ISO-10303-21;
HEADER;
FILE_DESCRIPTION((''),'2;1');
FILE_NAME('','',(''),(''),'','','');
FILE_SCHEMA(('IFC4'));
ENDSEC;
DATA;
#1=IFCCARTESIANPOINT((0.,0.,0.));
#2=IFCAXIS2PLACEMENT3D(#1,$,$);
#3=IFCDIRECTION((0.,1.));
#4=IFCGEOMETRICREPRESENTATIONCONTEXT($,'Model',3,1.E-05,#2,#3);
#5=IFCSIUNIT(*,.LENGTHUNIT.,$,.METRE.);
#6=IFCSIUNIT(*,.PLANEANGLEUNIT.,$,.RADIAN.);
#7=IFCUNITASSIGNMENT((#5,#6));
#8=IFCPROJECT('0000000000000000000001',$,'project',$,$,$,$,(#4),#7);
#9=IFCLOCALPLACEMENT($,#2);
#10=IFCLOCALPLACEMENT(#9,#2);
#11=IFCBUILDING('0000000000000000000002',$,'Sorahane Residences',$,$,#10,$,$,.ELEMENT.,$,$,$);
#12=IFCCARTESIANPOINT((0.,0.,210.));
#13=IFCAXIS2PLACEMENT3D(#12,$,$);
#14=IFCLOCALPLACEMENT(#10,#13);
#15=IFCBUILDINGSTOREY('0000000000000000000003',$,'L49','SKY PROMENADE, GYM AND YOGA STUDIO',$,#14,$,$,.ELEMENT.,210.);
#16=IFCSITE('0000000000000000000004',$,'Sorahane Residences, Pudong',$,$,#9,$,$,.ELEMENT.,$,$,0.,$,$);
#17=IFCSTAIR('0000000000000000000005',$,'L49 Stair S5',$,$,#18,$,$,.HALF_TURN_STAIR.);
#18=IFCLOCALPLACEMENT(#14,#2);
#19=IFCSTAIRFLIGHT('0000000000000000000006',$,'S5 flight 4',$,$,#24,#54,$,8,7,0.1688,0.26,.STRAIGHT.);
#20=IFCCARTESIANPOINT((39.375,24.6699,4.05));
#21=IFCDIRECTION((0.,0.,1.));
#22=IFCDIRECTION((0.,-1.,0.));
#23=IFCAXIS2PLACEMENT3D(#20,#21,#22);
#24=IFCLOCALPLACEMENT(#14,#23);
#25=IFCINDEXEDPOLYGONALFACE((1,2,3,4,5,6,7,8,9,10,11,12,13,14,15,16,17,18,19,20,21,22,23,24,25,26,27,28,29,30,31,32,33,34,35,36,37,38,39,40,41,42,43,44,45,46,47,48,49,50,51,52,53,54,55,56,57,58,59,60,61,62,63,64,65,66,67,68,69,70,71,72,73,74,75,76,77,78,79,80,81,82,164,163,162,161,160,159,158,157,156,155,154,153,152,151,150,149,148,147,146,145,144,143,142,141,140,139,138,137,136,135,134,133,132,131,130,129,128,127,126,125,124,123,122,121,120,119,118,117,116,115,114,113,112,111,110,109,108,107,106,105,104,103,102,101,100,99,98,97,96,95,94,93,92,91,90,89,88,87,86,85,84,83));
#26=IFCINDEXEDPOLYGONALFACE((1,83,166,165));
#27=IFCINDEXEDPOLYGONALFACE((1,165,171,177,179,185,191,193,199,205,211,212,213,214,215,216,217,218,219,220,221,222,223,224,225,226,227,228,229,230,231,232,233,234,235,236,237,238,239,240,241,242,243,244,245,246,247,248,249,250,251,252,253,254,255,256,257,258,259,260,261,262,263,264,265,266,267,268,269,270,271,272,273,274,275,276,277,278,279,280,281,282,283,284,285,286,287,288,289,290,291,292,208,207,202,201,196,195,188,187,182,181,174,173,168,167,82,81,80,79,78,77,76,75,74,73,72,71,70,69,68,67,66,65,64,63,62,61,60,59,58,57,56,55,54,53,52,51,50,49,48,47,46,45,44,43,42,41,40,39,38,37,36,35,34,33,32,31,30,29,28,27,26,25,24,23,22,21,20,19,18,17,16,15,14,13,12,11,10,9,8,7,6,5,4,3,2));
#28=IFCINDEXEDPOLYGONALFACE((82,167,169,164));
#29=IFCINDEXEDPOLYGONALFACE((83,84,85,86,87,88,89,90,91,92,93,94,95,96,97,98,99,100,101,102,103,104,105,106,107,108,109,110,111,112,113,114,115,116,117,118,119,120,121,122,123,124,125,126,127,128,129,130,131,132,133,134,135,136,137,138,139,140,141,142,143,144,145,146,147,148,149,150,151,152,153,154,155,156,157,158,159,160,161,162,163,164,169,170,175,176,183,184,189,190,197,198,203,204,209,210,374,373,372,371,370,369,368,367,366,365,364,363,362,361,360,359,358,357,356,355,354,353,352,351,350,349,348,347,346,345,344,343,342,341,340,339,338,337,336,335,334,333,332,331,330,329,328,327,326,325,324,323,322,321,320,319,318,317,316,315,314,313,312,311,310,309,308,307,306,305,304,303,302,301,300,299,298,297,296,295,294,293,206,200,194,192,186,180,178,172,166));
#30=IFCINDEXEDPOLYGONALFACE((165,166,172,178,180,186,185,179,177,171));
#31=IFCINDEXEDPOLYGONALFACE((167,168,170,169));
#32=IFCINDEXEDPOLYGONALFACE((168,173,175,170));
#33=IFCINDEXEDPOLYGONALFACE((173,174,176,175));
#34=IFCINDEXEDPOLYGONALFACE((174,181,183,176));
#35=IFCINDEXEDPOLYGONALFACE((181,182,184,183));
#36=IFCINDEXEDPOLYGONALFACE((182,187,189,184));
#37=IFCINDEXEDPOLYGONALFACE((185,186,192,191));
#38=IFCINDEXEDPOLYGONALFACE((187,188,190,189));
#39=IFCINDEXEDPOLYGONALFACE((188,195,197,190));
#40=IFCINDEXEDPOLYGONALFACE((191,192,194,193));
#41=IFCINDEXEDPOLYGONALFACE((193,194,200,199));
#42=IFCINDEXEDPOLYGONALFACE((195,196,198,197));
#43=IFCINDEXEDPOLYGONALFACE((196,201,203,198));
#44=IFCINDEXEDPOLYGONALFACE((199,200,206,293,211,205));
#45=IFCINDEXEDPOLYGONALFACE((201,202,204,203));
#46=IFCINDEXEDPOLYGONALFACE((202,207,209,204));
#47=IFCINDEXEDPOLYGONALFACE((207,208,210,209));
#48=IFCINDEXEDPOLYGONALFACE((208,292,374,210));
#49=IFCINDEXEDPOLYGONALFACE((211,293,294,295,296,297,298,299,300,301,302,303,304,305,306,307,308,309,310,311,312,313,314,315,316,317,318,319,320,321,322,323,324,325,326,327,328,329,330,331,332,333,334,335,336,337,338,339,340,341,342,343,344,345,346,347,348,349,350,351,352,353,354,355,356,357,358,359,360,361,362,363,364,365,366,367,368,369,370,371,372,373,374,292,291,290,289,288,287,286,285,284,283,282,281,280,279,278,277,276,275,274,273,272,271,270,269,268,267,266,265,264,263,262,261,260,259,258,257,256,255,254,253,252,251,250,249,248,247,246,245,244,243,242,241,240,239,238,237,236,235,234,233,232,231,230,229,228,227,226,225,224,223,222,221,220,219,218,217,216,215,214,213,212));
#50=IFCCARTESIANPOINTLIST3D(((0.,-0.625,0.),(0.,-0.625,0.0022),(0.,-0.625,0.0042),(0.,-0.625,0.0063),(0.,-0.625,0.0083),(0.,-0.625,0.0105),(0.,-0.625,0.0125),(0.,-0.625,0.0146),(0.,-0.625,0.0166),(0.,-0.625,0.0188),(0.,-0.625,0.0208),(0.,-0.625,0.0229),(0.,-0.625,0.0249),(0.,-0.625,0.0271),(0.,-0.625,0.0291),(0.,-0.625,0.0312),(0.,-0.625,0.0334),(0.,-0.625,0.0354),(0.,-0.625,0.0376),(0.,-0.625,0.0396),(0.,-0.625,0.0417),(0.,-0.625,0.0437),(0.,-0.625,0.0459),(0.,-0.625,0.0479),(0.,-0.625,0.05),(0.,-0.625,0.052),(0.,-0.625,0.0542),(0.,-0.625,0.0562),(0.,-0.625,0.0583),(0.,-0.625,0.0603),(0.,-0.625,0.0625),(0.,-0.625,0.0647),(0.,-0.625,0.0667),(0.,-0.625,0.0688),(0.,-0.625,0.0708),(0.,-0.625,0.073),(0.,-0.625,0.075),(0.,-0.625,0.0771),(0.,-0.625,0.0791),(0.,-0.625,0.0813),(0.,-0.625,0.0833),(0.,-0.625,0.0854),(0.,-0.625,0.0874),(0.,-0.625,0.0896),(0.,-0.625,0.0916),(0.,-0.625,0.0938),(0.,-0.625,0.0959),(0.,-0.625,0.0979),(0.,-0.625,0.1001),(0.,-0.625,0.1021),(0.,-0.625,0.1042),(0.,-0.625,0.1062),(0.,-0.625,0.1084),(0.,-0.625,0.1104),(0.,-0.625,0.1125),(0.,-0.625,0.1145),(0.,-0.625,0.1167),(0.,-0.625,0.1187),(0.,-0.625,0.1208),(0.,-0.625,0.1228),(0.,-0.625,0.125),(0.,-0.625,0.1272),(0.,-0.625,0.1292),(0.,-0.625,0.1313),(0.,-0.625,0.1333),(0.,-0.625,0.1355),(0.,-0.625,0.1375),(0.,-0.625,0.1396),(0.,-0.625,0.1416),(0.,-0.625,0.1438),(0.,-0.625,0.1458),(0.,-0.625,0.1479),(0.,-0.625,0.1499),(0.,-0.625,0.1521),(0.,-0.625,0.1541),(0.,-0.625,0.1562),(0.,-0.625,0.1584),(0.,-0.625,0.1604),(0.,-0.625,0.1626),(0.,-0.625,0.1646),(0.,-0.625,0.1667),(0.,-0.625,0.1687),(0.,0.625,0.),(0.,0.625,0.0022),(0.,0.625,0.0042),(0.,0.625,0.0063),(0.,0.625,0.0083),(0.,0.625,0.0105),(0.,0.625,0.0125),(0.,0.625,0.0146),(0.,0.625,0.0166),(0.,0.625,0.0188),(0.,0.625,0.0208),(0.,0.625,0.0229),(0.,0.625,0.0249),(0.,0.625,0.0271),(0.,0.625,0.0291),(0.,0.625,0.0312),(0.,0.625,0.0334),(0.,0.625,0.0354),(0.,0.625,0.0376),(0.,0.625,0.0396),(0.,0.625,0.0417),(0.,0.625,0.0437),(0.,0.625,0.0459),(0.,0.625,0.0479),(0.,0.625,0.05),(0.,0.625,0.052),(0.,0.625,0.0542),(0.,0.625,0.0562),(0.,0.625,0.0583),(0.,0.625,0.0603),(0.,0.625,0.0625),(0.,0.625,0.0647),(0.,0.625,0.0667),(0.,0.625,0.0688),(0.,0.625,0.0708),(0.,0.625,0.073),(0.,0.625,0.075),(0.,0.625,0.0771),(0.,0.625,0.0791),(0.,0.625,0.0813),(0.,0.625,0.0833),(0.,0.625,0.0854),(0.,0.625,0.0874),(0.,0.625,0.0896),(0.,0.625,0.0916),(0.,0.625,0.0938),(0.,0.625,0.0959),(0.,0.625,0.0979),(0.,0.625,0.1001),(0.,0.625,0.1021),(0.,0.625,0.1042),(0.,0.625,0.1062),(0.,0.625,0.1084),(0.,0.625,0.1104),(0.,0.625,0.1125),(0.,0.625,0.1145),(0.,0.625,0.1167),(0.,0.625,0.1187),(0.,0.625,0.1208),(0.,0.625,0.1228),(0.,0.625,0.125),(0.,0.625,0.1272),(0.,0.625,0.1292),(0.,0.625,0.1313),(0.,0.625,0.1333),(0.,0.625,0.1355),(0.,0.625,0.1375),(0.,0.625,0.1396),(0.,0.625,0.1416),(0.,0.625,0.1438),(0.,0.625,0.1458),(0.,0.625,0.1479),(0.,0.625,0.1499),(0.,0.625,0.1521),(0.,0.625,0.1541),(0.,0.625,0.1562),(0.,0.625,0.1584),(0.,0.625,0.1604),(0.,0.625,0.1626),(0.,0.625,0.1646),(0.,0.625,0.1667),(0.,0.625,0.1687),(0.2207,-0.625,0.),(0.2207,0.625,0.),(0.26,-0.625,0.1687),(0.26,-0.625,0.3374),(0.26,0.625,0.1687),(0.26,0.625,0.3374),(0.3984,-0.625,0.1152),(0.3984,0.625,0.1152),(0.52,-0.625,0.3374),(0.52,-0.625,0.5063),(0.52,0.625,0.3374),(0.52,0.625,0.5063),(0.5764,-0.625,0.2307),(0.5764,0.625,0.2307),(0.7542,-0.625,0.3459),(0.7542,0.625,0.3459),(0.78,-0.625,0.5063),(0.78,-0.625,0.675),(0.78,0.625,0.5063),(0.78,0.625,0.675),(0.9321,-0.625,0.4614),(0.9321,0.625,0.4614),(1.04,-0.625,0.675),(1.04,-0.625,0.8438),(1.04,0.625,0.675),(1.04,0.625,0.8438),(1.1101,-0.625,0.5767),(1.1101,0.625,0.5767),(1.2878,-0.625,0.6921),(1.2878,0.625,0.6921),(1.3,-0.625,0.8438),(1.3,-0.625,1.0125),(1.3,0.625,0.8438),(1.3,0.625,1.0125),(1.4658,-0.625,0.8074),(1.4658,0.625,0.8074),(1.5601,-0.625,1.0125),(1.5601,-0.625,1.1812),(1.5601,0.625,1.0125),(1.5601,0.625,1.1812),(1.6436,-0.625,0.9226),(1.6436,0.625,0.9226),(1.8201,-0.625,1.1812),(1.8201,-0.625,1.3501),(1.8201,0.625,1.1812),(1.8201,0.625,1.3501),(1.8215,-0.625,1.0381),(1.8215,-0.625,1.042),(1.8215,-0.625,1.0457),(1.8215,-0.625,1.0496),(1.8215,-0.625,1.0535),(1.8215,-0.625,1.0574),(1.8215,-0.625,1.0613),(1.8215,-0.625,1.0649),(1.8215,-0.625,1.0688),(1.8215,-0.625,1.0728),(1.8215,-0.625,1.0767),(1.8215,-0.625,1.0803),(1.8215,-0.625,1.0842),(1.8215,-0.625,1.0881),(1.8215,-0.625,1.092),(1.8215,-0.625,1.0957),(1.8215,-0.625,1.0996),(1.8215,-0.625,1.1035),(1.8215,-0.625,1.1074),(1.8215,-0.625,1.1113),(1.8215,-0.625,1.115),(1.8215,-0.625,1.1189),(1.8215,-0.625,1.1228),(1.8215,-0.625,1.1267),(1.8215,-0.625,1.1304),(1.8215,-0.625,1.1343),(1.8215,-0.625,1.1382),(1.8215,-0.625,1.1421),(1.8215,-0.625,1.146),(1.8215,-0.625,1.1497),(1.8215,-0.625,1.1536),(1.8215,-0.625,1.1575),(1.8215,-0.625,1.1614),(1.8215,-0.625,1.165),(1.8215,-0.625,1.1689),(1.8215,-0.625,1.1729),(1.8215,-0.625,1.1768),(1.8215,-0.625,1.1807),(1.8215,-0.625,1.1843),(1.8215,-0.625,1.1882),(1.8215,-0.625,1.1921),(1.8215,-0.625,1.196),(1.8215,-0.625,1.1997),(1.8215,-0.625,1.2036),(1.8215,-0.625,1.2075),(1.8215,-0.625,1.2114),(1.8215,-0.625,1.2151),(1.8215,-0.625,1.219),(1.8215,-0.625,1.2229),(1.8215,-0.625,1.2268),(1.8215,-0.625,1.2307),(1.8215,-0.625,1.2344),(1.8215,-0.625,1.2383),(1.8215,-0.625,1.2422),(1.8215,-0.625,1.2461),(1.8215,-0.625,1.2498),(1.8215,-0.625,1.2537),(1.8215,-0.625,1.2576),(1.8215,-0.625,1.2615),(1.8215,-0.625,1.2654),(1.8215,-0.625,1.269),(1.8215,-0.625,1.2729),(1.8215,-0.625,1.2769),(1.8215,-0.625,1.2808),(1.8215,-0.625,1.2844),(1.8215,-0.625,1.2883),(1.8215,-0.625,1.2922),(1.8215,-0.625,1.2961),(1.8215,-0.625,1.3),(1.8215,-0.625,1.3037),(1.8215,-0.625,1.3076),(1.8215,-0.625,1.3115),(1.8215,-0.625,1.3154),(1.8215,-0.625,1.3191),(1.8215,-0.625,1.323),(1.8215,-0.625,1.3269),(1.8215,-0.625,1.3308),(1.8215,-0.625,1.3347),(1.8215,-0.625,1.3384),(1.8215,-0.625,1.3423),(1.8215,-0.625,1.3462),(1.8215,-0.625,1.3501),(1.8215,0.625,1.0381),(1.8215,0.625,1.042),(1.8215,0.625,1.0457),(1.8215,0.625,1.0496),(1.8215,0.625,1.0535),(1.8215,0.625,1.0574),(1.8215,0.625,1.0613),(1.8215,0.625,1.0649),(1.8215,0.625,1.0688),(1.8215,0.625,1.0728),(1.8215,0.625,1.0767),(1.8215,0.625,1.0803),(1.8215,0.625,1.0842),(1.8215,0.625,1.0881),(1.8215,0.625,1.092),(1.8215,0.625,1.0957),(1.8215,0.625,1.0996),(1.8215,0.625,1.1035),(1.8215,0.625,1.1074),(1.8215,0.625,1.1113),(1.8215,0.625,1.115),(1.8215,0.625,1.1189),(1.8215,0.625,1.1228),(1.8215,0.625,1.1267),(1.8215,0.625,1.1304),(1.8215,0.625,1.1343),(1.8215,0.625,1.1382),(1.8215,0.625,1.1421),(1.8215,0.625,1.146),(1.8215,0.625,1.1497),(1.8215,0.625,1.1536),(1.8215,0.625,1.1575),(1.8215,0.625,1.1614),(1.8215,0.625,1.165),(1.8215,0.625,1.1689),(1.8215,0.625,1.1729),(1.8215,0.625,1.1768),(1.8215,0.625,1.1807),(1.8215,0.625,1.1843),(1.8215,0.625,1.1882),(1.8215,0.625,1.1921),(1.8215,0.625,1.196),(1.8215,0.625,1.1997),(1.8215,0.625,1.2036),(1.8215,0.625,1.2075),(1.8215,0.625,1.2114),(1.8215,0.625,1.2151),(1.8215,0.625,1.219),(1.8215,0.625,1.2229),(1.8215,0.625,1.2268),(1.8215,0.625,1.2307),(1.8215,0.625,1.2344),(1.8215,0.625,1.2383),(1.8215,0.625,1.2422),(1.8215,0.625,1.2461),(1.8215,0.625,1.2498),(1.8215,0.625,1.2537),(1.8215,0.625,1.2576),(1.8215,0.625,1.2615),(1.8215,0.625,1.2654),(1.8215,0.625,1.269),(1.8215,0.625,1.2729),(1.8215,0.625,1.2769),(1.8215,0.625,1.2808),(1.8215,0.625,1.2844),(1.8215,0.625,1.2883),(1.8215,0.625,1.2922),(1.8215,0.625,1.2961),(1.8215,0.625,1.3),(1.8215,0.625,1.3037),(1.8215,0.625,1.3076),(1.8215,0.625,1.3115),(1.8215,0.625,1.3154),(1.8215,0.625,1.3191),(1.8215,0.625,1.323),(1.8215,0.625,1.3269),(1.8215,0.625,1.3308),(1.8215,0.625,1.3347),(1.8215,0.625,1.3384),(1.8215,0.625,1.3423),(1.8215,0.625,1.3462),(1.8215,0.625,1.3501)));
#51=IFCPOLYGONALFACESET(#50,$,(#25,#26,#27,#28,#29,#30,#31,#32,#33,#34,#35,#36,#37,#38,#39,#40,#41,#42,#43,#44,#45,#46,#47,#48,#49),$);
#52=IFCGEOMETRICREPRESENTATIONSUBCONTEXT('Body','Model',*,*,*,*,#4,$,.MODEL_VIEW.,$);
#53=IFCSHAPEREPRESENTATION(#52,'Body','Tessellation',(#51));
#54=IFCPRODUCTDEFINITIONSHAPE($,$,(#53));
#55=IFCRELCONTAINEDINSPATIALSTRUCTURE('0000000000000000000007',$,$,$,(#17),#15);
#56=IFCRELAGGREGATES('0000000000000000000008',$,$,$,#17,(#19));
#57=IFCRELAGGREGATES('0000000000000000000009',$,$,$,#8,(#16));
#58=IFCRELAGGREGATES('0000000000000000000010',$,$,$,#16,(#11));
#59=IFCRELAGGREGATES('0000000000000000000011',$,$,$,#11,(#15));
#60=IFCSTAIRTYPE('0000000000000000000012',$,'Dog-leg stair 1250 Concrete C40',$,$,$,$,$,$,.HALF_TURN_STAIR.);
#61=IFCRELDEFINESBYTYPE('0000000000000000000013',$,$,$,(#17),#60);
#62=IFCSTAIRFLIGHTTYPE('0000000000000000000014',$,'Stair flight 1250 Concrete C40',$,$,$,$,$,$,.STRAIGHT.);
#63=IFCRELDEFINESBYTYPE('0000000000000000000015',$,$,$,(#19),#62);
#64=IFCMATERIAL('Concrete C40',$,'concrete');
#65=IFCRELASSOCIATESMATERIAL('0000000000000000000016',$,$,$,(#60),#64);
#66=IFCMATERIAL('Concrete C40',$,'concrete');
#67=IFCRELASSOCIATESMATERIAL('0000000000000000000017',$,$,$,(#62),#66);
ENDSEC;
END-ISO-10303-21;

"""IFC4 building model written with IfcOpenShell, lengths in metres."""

from ifc_helpers import new_model, si_unit, direction, frame, origin, place, context, subcontext, project, spatial, polyline, outline, extrude, material, type_object, element, aggregate, save


model = new_model("IFC4")

# Units and contexts
model_context = context("Model", 3, precision=1e-05, world=origin(), true_north=direction((0.0, 1.0)))
body_context = subcontext(model_context, "Body", "Model", "MODEL_VIEW")
ifc_project = project(units=[si_unit("LENGTHUNIT", "METRE"), si_unit("PLANEANGLEUNIT", "RADIAN")], contexts=[model_context])

# Site, building, storey
site_placement = place(None, origin())
site = spatial("IfcSite", under=ifc_project, at=site_placement, Name="Sorahane Residences, Pudong", CompositionType="ELEMENT", RefElevation=0.0)
building_placement = place(site_placement, origin())
building = spatial("IfcBuilding", under=site, at=building_placement, Name="Sorahane Residences", CompositionType="ELEMENT")
storey_placement = place(building_placement, frame((0.0, 0.0, 210.0)))
storey = spatial("IfcBuildingStorey", under=building, at=storey_placement, Name="L49", Description="SKY PROMENADE, GYM AND YOGA STUDIO", CompositionType="ELEMENT", Elevation=210.0)

# Stair, stair flight
ifc_material_1 = material(Name="Concrete C40", Category="concrete")
stair_type = type_object("IfcStairType", Name="Dog-leg stair 1250 Concrete C40", PredefinedType="HALF_TURN_STAIR", material=ifc_material_1)
stair_placement = place(storey_placement, origin())
stair = element("IfcStair", 1, at=stair_placement, inside=storey, type_object=stair_type, Name="L49 Stair S5", PredefinedType="HALF_TURN_STAIR")
ifc_material_2 = material(Name="Concrete C40", Category="concrete")
stair_flight_type = type_object("IfcStairFlightType", Name="Stair flight 1250 Concrete C40", PredefinedType="STRAIGHT", material=ifc_material_2)
stair_flight_1_placement = place(storey_placement, frame((39.375, 24.6699, 4.05), z_axis=(0.0, 0.0, 1.0), x_axis=(0.0, -1.0, 0.0)))
stair_flight_1 = element("IfcStairFlight", 2, at=stair_flight_1_placement, type_object=stair_flight_type, Name="S5 flight 4", NumberOfRisers=8, NumberOfTreads=7, PredefinedType="STRAIGHT", RiserHeight=0.1688, TreadLength=0.26, context=body_context, shape_type="SweptSolid", body=[
    extrude(outline(polyline([(0.0, 0.0), (0.0, 0.0022), (0.0, 0.0042), (0.0, 0.0063), (0.0, 0.0083), (0.0, 0.0105), (0.0, 0.0125), (0.0, 0.0146), (0.0, 0.0166), (0.0, 0.0188), (0.0, 0.0208), (0.0, 0.0229), (0.0, 0.0249), (0.0, 0.0271), (0.0, 0.0291), (0.0, 0.0312), (0.0, 0.0334), (0.0, 0.0354), (0.0, 0.0376), (0.0, 0.0396), (0.0, 0.0417), (0.0, 0.0437), (0.0, 0.0459), (0.0, 0.0479), (0.0, 0.05), (0.0, 0.052), (0.0, 0.0542), (0.0, 0.0562), (0.0, 0.0583), (0.0, 0.0603), (0.0, 0.0625), (0.0, 0.0647), (0.0, 0.0667), (0.0, 0.0688), (0.0, 0.0708), (0.0, 0.073), (0.0, 0.075), (0.0, 0.0771), (0.0, 0.0791), (0.0, 0.0813), (0.0, 0.0833), (0.0, 0.0854), (0.0, 0.0874), (0.0, 0.0896), (0.0, 0.0916), (0.0, 0.0938), (0.0, 0.0959), (0.0, 0.0979), (0.0, 0.1001), (0.0, 0.1021), (0.0, 0.1042), (0.0, 0.1062), (0.0, 0.1084), (0.0, 0.1104), (0.0, 0.1125), (0.0, 0.1145), (0.0, 0.1167), (0.0, 0.1187), (0.0, 0.1208), (0.0, 0.1228), (0.0, 0.125), (0.0, 0.1272), (0.0, 0.1292), (0.0, 0.1313), (0.0, 0.1333), (0.0, 0.1355), (0.0, 0.1375), (0.0, 0.1396), (0.0, 0.1416), (0.0, 0.1438), (0.0, 0.1458), (0.0, 0.1479), (0.0, 0.1499), (0.0, 0.1521), (0.0, 0.1541), (0.0, 0.1562), (0.0, 0.1584), (0.0, 0.1604), (0.0, 0.1626), (0.0, 0.1646), (0.0, 0.1667), (0.0, 0.1687), (0.26, 0.1687), (0.26, 0.3374), (0.52, 0.3374), (0.52, 0.5063), (0.78, 0.5063), (0.78, 0.675), (1.04, 0.675), (1.04, 0.8438), (1.3, 0.8438), (1.3, 1.0125), (1.5601, 1.0125), (1.5601, 1.1812), (1.8201, 1.1812), (1.8201, 1.3501), (1.8215, 1.3501), (1.8215, 1.3462), (1.8215, 1.3423), (1.8215, 1.3384), (1.8215, 1.3347), (1.8215, 1.3308), (1.8215, 1.3269), (1.8215, 1.323), (1.8215, 1.3191), (1.8215, 1.3154), (1.8215, 1.3115), (1.8215, 1.3076), (1.8215, 1.3037), (1.8215, 1.3), (1.8215, 1.2961), (1.8215, 1.2922), (1.8215, 1.2883), (1.8215, 1.2844), (1.8215, 1.2808), (1.8215, 1.2769), (1.8215, 1.2729), (1.8215, 1.269), (1.8215, 1.2654), (1.8215, 1.2615), (1.8215, 1.2576), (1.8215, 1.2537), (1.8215, 1.2498), (1.8215, 1.2461), (1.8215, 1.2422), (1.8215, 1.2383), (1.8215, 1.2344), (1.8215, 1.2307), (1.8215, 1.2268), (1.8215, 1.2229), (1.8215, 1.219), (1.8215, 1.2151), (1.8215, 1.2114), (1.8215, 1.2075), (1.8215, 1.2036), (1.8215, 1.1997), (1.8215, 1.196), (1.8215, 1.1921), (1.8215, 1.1882), (1.8215, 1.1843), (1.8215, 1.1807), (1.8215, 1.1768), (1.8215, 1.1729), (1.8215, 1.1689), (1.8215, 1.165), (1.8215, 1.1614), (1.8215, 1.1575), (1.8215, 1.1536), (1.8215, 1.1497), (1.8215, 1.146), (1.8215, 1.1421), (1.8215, 1.1382), (1.8215, 1.1343), (1.8215, 1.1304), (1.8215, 1.1267), (1.8215, 1.1228), (1.8215, 1.1189), (1.8215, 1.115), (1.8215, 1.1113), (1.8215, 1.1074), (1.8215, 1.1035), (1.8215, 1.0996), (1.8215, 1.0957), (1.8215, 1.092), (1.8215, 1.0881), (1.8215, 1.0842), (1.8215, 1.0803), (1.8215, 1.0767), (1.8215, 1.0728), (1.8215, 1.0688), (1.8215, 1.0649), (1.8215, 1.0613), (1.8215, 1.0574), (1.8215, 1.0535), (1.8215, 1.0496), (1.8215, 1.0457), (1.8215, 1.042), (1.8215, 1.0381), (1.6436, 0.9226), (1.4658, 0.8074), (1.2878, 0.6921), (1.1101, 0.5767), (0.9321, 0.4614), (0.7542, 0.3459), (0.5764, 0.2307), (0.3984, 0.1152), (0.2207, 0.0), (0.0, 0.0)])), frame((0.0, 0.625, 0.0), z_axis=(0.0, -1.0, 0.0), x_axis=(1.0, 0.0, 0.0)), (0.0, 0.0, 1.0), 1.25),
])
aggregate(stair, [stair_flight_1])

save(model, "model.ifc")
